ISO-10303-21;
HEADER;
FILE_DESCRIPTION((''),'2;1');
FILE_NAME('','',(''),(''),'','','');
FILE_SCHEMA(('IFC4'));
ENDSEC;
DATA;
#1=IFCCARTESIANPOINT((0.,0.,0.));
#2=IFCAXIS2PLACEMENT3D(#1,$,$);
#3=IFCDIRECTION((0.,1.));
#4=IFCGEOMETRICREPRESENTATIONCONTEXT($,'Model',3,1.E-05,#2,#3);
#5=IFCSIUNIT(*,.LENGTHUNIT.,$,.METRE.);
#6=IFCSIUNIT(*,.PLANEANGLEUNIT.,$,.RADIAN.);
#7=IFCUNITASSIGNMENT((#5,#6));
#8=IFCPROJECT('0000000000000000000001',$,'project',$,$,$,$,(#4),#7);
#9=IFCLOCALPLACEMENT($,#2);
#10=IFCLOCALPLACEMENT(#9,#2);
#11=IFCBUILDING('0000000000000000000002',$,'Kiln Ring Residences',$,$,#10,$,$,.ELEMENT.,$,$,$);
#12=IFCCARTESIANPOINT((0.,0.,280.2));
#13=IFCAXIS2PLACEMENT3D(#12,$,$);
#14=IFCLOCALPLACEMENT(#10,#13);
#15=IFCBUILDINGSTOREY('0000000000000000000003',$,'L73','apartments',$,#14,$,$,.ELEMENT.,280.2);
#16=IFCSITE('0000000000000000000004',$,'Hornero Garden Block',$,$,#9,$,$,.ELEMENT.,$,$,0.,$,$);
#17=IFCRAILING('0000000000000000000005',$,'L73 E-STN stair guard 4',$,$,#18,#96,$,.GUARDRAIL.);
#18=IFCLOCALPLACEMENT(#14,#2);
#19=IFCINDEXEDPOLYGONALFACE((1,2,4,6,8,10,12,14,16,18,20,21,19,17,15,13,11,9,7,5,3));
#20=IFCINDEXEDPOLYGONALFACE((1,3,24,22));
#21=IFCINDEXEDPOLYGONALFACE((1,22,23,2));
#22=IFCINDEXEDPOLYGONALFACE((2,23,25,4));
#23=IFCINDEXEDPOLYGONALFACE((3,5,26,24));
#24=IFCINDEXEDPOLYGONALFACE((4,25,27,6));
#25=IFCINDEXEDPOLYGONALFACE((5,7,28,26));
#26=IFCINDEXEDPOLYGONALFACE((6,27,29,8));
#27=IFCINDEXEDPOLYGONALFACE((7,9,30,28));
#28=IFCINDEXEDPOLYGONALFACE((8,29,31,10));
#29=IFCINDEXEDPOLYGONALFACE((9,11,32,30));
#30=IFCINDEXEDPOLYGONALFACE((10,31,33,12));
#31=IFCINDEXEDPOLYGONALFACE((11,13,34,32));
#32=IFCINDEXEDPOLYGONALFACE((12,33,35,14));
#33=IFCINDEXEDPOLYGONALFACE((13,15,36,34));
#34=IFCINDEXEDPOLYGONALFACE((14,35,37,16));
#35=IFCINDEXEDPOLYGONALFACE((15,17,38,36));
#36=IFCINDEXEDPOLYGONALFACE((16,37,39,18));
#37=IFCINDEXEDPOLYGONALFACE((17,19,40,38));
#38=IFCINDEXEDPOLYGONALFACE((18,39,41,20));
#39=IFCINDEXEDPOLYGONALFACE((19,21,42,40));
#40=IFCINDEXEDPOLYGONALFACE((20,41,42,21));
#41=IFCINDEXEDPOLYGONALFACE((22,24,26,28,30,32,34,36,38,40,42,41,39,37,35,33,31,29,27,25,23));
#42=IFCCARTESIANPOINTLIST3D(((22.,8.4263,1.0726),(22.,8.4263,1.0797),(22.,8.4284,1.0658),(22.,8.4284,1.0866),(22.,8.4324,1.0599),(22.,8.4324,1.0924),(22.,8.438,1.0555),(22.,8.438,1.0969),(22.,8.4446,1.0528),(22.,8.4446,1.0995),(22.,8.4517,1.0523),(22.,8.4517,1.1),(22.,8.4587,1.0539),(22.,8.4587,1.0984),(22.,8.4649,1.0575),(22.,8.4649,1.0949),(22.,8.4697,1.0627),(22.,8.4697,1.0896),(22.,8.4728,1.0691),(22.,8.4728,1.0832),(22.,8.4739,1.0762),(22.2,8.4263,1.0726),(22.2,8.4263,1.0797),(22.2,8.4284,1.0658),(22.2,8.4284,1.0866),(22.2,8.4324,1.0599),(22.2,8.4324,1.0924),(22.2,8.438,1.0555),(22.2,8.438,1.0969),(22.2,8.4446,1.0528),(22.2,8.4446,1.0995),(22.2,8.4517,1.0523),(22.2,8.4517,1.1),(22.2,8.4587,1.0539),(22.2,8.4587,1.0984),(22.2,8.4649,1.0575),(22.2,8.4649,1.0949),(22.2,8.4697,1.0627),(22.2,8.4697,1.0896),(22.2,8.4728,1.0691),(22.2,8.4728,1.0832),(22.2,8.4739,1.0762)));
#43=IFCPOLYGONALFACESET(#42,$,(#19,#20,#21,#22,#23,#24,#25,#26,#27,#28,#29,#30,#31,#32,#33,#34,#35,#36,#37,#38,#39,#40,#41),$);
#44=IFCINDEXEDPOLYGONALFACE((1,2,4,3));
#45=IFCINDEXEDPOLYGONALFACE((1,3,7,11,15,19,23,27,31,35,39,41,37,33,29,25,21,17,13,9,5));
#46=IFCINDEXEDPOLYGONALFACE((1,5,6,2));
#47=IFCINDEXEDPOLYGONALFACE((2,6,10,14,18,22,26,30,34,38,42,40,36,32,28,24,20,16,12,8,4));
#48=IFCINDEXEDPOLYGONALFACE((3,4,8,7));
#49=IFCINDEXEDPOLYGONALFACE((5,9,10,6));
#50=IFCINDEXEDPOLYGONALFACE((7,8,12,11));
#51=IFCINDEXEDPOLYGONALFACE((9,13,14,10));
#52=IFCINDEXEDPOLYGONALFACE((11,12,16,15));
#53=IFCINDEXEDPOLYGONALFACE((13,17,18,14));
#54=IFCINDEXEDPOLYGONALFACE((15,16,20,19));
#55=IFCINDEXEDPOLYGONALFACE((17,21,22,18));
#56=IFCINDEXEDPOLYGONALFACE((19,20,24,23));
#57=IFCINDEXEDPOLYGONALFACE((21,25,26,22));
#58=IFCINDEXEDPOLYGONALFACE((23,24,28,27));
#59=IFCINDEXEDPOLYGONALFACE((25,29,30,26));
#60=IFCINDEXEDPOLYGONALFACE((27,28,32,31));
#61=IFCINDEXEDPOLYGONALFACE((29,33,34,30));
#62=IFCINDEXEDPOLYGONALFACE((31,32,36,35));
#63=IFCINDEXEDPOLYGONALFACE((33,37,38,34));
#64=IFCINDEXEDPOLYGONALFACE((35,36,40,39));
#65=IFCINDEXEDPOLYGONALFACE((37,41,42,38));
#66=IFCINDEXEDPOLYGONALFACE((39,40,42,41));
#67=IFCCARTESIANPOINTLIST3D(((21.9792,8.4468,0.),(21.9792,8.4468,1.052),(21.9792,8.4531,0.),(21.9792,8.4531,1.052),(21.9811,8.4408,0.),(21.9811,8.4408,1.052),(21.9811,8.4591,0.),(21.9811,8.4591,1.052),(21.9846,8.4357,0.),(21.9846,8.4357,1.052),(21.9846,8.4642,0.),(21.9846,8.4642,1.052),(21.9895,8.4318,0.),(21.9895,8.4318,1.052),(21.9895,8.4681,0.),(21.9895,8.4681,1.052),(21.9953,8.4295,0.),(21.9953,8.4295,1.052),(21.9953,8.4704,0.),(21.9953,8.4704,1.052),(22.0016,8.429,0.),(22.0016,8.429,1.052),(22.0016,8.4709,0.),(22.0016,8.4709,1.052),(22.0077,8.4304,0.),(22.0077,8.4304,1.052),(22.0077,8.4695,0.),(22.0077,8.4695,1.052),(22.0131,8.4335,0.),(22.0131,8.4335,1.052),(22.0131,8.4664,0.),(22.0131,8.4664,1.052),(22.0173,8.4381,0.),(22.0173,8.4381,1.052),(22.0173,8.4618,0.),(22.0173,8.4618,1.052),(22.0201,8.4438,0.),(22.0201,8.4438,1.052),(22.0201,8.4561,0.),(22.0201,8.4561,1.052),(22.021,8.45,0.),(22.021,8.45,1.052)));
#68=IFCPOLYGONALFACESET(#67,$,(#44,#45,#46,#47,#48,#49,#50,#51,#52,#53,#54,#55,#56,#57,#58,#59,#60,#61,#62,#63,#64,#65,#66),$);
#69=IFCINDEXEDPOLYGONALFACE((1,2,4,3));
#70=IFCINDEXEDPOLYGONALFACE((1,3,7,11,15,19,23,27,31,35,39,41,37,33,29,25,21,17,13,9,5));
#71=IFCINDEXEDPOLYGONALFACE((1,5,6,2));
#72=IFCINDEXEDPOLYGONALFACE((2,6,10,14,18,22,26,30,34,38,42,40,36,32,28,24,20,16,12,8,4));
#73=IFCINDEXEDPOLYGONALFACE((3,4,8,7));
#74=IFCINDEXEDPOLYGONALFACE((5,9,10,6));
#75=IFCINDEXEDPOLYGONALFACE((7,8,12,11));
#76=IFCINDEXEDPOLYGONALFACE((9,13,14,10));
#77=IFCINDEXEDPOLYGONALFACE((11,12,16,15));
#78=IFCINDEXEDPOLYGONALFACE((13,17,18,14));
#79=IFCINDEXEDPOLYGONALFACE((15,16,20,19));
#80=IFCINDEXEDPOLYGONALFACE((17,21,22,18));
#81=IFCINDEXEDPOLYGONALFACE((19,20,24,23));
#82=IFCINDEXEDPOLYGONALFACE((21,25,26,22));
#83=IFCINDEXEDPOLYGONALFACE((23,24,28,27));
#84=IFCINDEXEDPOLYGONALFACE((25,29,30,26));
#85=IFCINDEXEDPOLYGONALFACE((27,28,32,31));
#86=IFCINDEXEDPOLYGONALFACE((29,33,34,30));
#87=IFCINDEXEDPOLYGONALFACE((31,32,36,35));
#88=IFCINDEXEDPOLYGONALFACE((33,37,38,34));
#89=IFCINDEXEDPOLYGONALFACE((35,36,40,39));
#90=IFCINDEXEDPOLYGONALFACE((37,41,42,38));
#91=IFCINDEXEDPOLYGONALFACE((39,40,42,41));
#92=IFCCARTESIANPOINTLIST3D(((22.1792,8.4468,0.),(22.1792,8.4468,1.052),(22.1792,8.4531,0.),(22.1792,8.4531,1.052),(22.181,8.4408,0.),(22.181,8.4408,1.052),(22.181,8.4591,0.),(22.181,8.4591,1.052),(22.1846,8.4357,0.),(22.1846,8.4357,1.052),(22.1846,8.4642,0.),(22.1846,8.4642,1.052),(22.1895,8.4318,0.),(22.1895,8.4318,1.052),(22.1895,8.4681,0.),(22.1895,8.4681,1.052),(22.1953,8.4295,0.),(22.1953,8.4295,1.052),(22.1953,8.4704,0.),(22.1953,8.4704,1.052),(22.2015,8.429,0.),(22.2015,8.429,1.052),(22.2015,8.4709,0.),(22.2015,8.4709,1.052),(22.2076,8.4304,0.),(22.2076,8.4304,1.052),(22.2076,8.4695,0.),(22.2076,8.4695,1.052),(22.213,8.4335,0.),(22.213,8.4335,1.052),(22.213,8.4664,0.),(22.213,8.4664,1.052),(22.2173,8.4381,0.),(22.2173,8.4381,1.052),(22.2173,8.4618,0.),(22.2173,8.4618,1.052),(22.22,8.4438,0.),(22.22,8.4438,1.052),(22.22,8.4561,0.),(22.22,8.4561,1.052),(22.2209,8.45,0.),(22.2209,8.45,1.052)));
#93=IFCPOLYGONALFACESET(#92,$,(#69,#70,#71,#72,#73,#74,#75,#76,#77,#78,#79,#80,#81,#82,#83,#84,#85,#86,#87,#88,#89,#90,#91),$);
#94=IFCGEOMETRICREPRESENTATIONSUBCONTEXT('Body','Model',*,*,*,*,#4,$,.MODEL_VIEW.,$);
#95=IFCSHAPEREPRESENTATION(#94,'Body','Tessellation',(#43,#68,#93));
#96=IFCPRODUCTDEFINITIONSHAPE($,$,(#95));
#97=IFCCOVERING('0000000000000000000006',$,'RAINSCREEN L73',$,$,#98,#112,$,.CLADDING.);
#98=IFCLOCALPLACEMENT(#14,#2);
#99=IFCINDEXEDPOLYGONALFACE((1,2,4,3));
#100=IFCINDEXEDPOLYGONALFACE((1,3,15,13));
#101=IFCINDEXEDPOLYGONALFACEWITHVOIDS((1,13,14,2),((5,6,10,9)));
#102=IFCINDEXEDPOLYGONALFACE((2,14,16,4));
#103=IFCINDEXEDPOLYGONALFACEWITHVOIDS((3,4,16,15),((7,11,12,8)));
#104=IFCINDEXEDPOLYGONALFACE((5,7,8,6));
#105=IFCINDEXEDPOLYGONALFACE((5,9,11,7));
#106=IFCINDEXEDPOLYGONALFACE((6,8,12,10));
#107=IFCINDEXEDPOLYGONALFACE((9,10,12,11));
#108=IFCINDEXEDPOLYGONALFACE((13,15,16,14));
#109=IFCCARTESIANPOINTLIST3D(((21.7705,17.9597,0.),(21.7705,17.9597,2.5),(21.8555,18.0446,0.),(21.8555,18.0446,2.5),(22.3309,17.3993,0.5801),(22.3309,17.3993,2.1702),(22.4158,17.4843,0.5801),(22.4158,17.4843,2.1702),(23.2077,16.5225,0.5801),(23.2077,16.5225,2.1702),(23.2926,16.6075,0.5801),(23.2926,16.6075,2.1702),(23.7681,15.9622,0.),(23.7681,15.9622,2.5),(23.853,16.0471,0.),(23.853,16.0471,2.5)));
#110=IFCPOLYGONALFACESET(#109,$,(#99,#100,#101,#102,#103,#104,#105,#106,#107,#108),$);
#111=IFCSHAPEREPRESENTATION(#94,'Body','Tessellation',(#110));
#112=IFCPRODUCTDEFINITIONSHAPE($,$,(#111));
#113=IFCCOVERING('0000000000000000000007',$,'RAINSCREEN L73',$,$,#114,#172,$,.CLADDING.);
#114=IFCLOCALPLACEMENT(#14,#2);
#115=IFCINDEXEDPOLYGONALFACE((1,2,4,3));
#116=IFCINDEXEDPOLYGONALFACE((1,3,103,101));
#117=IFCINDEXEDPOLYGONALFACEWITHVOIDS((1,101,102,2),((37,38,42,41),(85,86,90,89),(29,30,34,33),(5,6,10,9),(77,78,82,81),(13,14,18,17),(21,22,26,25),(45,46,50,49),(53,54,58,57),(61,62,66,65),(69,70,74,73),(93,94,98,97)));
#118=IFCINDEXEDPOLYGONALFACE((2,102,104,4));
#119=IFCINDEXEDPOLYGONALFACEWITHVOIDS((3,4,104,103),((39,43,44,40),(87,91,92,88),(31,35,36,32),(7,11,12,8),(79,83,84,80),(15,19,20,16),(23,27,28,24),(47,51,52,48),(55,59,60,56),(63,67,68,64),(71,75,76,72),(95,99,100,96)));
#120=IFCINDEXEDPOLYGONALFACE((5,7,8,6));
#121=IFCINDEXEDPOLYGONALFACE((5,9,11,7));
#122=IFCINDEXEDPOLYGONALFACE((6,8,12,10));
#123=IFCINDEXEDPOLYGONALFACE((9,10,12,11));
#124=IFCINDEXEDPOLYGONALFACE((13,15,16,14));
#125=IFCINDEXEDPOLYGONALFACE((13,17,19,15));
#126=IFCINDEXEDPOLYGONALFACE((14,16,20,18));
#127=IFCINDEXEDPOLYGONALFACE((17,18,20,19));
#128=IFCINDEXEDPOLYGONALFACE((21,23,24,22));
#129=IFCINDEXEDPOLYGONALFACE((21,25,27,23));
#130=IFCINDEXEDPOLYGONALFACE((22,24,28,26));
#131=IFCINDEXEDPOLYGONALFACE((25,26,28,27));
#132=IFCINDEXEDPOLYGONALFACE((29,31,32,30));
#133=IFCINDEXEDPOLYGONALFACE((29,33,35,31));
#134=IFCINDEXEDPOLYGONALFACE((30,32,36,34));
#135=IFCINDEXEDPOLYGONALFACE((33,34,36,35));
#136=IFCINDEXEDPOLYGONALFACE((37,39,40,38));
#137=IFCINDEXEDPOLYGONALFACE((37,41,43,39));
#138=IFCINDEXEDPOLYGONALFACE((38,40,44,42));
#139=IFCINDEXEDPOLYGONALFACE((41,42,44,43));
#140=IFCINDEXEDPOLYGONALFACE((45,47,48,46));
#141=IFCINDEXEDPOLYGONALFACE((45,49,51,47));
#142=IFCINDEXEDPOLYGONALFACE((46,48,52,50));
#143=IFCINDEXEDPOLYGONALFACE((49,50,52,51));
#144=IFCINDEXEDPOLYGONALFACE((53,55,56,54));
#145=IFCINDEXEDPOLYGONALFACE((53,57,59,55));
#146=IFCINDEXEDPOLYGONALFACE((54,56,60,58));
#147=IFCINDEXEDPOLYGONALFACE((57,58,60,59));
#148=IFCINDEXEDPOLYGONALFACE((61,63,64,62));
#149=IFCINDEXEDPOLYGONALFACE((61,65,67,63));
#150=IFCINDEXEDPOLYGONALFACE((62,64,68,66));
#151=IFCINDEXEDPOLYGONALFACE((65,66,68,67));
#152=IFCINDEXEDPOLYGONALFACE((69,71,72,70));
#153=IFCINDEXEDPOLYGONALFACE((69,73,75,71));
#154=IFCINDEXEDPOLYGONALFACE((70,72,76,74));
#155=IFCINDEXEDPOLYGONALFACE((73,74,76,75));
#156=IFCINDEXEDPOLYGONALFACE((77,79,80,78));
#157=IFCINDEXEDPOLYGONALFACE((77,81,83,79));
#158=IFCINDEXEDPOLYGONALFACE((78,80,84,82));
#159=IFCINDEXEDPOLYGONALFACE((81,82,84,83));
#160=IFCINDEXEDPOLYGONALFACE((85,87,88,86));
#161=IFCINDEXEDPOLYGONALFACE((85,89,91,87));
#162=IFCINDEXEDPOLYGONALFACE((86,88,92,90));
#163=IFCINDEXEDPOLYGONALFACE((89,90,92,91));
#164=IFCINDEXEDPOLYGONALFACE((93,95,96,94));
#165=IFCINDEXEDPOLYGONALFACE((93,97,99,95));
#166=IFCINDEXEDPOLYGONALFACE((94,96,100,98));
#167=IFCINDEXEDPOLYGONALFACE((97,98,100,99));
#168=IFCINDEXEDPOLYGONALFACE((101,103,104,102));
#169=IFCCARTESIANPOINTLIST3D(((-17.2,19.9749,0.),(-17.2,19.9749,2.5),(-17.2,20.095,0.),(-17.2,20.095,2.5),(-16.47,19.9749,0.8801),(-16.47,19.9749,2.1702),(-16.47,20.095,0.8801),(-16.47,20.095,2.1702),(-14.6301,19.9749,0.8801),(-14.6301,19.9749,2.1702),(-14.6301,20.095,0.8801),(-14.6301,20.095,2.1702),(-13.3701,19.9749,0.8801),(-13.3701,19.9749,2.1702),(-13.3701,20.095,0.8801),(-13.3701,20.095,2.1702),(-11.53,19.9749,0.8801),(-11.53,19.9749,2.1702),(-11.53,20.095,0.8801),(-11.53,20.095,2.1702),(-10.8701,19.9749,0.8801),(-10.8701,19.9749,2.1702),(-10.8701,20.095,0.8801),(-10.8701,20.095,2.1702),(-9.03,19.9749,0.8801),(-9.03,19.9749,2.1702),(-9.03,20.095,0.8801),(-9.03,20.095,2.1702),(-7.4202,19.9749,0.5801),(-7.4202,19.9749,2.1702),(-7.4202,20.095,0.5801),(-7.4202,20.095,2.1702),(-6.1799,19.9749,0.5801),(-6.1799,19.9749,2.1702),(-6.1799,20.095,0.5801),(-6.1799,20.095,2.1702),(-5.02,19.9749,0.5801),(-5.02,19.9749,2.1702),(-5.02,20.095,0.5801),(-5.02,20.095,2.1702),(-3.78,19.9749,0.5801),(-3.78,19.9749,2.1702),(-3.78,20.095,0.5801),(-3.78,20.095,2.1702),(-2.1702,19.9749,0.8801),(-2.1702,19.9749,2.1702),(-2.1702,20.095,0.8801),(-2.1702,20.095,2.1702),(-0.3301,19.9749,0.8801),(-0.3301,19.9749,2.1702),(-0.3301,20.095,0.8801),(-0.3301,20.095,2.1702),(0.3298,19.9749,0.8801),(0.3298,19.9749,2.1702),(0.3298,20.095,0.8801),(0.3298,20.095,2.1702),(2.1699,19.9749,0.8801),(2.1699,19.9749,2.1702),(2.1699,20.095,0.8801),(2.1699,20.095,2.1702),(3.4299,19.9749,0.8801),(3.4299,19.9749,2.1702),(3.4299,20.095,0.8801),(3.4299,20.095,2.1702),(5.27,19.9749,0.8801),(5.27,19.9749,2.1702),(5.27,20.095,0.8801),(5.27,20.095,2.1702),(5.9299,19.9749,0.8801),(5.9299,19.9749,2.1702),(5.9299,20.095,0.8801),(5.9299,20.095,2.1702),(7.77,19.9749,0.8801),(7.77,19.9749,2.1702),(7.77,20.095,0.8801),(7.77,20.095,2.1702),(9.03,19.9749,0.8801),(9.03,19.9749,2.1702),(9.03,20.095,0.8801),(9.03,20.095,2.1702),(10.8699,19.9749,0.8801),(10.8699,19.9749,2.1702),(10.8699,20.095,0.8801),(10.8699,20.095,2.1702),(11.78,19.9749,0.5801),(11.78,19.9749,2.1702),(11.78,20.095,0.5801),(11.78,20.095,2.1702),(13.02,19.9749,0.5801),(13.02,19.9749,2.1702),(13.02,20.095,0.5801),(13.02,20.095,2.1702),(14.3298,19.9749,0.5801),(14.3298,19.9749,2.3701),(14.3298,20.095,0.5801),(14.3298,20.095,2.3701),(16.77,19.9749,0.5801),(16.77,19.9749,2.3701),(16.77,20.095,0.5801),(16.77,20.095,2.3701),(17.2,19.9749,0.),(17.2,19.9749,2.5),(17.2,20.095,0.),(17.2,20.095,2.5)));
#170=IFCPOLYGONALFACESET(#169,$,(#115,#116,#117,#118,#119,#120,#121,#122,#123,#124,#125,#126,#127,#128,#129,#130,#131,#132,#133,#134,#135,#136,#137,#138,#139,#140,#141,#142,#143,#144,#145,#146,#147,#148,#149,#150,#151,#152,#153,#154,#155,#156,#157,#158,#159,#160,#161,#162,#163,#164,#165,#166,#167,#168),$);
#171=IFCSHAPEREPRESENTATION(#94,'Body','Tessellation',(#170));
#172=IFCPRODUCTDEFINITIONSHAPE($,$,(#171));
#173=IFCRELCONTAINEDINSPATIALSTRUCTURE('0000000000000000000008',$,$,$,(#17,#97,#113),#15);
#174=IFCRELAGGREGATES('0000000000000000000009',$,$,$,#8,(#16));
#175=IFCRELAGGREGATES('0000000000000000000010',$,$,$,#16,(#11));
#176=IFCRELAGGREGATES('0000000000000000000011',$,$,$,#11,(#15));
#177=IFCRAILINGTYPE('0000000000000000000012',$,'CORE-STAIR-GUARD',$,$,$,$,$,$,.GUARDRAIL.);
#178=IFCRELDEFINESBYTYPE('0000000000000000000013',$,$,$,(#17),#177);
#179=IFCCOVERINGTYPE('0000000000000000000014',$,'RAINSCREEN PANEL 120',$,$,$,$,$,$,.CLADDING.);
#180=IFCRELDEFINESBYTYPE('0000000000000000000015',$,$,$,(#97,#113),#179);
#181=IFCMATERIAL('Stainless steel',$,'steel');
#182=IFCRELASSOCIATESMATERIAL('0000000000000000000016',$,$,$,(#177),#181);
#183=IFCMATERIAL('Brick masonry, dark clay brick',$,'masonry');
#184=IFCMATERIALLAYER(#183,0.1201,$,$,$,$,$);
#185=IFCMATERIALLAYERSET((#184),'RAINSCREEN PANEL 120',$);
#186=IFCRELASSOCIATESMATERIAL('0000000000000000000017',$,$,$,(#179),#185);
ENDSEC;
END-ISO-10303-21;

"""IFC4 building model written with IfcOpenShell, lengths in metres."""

from ifc_helpers import new_model, si_unit, direction, frame, origin, origin_2d, place, context, subcontext, project, spatial, polyline, circle, outline, extrude, material, layer, layer_set, type_object, element, save


model = new_model("IFC4")

# Units and contexts
model_context = context("Model", 3, precision=1e-05, world=origin(), true_north=direction((0.0, 1.0)))
body_context = subcontext(model_context, "Body", "Model", "MODEL_VIEW")
ifc_project = project(units=[si_unit("LENGTHUNIT", "METRE"), si_unit("PLANEANGLEUNIT", "RADIAN")], contexts=[model_context])

# Site, building, storey
site_placement = place(None, origin())
site = spatial("IfcSite", under=ifc_project, at=site_placement, Name="Hornero Garden Block", CompositionType="ELEMENT", RefElevation=0.0)
building_placement = place(site_placement, origin())
building = spatial("IfcBuilding", under=site, at=building_placement, Name="Kiln Ring Residences", CompositionType="ELEMENT")
storey_placement = place(building_placement, frame((0.0, 0.0, 280.2)))
storey = spatial("IfcBuildingStorey", under=building, at=storey_placement, Name="L73", Description="apartments", CompositionType="ELEMENT", Elevation=280.2)

# Railing
ifc_material_1 = material(Name="Stainless steel", Category="steel")
railing_type = type_object("IfcRailingType", Name="CORE-STAIR-GUARD", PredefinedType="GUARDRAIL", material=ifc_material_1)
railing_placement = place(storey_placement, frame((22.0, 8.45, 0.0)))
element("IfcRailing", 1, at=railing_placement, inside=storey, type_object=railing_type, Name="L73 E-STN stair guard 4", PredefinedType="GUARDRAIL", context=body_context, shape_type="SweptSolid", body=[
    extrude(circle(Radius=0.0239, at=origin_2d()), frame((0.0, 0.0, 1.0762), z_axis=(1.0, 0.0, 0.0), x_axis=(0.0, 1.0, 0.0)), (0.0, 0.0, 1.0), 0.2),
    extrude(circle(Radius=0.021, at=origin_2d()), origin(), (0.0, 0.0, 1.0), 1.052),
    extrude(circle(Radius=0.021, at=origin_2d()), frame((0.2, 0.0, 0.0)), (0.0, 0.0, 1.0), 1.052),
])

# Coverings
ifc_material_2 = material(Name="Brick masonry, dark clay brick", Category="masonry")
ifc_layer_1 = layer(ifc_material_2, 0.1201)
ifc_layer_set_1 = layer_set([ifc_layer_1], Name="RAINSCREEN PANEL 120")
covering_type = type_object("IfcCoveringType", Name="RAINSCREEN PANEL 120", PredefinedType="CLADDING", material=ifc_layer_set_1)
covering_1_placement = place(storey_placement, frame((23.8105, 16.0046, 0.0), z_axis=(0.0, 0.0, 1.0), x_axis=(-0.707107, 0.707107, 0.0)))
element("IfcCovering", 2, at=covering_1_placement, inside=storey, type_object=covering_type, Name="RAINSCREEN L73", PredefinedType="CLADDING", context=body_context, shape_type="SweptSolid", body=[
    extrude(outline(polyline([(0.0, 0.0), (2.825, 0.0), (2.825, 2.5), (0.0, 2.5), (0.0, 0.0)]), holes=[polyline([(0.7925, 2.1702), (0.7925, 0.5801), (2.0325, 0.5801), (2.0325, 2.1702), (0.7925, 2.1702)])]), frame((0.0, 0.0601, 0.0), z_axis=(0.0, -1.0, 0.0), x_axis=(1.0, 0.0, 0.0)), (0.0, 0.0, 1.0), 0.1201),
])
covering_2_placement = place(storey_placement, frame((17.2, 20.0349, 0.0), z_axis=(0.0, 0.0, 1.0), x_axis=(-1.0, 0.0, 0.0)))
element("IfcCovering", 3, at=covering_2_placement, inside=storey, type_object=covering_type, Name="RAINSCREEN L73", PredefinedType="CLADDING", context=body_context, shape_type="SweptSolid", body=[
    extrude(outline(polyline([(0.0, 0.0), (34.3999, 0.0), (34.3999, 2.5), (0.0, 2.5), (0.0, 0.0)]), holes=[polyline([(4.1799, 0.5801), (5.4199, 0.5801), (5.4199, 2.1702), (4.1799, 2.1702), (4.1799, 0.5801)]), polyline([(0.4299, 2.3701), (0.4299, 0.5801), (2.8701, 0.5801), (2.8701, 2.3701), (0.4299, 2.3701)]), polyline([(6.3301, 2.1702), (6.3301, 0.8801), (8.1699, 0.8801), (8.1699, 2.1702), (6.3301, 2.1702)]), polyline([(9.4299, 0.8801), (11.27, 0.8801), (11.27, 2.1702), (9.4299, 2.1702), (9.4299, 0.8801)]), polyline([(11.9299, 2.1702), (11.9299, 0.8801), (13.77, 0.8801), (13.77, 2.1702), (11.9299, 2.1702)]), polyline([(15.03, 2.1702), (15.03, 0.8801), (16.8701, 0.8801), (16.8701, 2.1702), (15.03, 2.1702)]), polyline([(20.98, 0.5801), (22.22, 0.5801), (22.22, 2.1702), (20.98, 2.1702), (20.98, 0.5801)]), polyline([(23.3799, 2.1702), (23.3799, 0.5801), (24.6201, 0.5801), (24.6201, 2.1702), (23.3799, 2.1702)]), polyline([(17.53, 2.1702), (17.53, 0.8801), (19.3701, 0.8801), (19.3701, 2.1702), (17.53, 2.1702)]), polyline([(26.23, 0.8801), (28.0701, 0.8801), (28.0701, 2.1702), (26.23, 2.1702), (26.23, 0.8801)]), polyline([(28.73, 2.1702), (28.73, 0.8801), (30.5701, 0.8801), (30.5701, 2.1702), (28.73, 2.1702)]), polyline([(31.8301, 2.1702), (31.8301, 0.8801), (33.6699, 0.8801), (33.6699, 2.1702), (31.8301, 2.1702)])]), frame((0.0, 0.0601, 0.0), z_axis=(0.0, -1.0, 0.0), x_axis=(1.0, 0.0, 0.0)), (0.0, 0.0, 1.0), 0.1201),
])

save(model, "model.ifc")
